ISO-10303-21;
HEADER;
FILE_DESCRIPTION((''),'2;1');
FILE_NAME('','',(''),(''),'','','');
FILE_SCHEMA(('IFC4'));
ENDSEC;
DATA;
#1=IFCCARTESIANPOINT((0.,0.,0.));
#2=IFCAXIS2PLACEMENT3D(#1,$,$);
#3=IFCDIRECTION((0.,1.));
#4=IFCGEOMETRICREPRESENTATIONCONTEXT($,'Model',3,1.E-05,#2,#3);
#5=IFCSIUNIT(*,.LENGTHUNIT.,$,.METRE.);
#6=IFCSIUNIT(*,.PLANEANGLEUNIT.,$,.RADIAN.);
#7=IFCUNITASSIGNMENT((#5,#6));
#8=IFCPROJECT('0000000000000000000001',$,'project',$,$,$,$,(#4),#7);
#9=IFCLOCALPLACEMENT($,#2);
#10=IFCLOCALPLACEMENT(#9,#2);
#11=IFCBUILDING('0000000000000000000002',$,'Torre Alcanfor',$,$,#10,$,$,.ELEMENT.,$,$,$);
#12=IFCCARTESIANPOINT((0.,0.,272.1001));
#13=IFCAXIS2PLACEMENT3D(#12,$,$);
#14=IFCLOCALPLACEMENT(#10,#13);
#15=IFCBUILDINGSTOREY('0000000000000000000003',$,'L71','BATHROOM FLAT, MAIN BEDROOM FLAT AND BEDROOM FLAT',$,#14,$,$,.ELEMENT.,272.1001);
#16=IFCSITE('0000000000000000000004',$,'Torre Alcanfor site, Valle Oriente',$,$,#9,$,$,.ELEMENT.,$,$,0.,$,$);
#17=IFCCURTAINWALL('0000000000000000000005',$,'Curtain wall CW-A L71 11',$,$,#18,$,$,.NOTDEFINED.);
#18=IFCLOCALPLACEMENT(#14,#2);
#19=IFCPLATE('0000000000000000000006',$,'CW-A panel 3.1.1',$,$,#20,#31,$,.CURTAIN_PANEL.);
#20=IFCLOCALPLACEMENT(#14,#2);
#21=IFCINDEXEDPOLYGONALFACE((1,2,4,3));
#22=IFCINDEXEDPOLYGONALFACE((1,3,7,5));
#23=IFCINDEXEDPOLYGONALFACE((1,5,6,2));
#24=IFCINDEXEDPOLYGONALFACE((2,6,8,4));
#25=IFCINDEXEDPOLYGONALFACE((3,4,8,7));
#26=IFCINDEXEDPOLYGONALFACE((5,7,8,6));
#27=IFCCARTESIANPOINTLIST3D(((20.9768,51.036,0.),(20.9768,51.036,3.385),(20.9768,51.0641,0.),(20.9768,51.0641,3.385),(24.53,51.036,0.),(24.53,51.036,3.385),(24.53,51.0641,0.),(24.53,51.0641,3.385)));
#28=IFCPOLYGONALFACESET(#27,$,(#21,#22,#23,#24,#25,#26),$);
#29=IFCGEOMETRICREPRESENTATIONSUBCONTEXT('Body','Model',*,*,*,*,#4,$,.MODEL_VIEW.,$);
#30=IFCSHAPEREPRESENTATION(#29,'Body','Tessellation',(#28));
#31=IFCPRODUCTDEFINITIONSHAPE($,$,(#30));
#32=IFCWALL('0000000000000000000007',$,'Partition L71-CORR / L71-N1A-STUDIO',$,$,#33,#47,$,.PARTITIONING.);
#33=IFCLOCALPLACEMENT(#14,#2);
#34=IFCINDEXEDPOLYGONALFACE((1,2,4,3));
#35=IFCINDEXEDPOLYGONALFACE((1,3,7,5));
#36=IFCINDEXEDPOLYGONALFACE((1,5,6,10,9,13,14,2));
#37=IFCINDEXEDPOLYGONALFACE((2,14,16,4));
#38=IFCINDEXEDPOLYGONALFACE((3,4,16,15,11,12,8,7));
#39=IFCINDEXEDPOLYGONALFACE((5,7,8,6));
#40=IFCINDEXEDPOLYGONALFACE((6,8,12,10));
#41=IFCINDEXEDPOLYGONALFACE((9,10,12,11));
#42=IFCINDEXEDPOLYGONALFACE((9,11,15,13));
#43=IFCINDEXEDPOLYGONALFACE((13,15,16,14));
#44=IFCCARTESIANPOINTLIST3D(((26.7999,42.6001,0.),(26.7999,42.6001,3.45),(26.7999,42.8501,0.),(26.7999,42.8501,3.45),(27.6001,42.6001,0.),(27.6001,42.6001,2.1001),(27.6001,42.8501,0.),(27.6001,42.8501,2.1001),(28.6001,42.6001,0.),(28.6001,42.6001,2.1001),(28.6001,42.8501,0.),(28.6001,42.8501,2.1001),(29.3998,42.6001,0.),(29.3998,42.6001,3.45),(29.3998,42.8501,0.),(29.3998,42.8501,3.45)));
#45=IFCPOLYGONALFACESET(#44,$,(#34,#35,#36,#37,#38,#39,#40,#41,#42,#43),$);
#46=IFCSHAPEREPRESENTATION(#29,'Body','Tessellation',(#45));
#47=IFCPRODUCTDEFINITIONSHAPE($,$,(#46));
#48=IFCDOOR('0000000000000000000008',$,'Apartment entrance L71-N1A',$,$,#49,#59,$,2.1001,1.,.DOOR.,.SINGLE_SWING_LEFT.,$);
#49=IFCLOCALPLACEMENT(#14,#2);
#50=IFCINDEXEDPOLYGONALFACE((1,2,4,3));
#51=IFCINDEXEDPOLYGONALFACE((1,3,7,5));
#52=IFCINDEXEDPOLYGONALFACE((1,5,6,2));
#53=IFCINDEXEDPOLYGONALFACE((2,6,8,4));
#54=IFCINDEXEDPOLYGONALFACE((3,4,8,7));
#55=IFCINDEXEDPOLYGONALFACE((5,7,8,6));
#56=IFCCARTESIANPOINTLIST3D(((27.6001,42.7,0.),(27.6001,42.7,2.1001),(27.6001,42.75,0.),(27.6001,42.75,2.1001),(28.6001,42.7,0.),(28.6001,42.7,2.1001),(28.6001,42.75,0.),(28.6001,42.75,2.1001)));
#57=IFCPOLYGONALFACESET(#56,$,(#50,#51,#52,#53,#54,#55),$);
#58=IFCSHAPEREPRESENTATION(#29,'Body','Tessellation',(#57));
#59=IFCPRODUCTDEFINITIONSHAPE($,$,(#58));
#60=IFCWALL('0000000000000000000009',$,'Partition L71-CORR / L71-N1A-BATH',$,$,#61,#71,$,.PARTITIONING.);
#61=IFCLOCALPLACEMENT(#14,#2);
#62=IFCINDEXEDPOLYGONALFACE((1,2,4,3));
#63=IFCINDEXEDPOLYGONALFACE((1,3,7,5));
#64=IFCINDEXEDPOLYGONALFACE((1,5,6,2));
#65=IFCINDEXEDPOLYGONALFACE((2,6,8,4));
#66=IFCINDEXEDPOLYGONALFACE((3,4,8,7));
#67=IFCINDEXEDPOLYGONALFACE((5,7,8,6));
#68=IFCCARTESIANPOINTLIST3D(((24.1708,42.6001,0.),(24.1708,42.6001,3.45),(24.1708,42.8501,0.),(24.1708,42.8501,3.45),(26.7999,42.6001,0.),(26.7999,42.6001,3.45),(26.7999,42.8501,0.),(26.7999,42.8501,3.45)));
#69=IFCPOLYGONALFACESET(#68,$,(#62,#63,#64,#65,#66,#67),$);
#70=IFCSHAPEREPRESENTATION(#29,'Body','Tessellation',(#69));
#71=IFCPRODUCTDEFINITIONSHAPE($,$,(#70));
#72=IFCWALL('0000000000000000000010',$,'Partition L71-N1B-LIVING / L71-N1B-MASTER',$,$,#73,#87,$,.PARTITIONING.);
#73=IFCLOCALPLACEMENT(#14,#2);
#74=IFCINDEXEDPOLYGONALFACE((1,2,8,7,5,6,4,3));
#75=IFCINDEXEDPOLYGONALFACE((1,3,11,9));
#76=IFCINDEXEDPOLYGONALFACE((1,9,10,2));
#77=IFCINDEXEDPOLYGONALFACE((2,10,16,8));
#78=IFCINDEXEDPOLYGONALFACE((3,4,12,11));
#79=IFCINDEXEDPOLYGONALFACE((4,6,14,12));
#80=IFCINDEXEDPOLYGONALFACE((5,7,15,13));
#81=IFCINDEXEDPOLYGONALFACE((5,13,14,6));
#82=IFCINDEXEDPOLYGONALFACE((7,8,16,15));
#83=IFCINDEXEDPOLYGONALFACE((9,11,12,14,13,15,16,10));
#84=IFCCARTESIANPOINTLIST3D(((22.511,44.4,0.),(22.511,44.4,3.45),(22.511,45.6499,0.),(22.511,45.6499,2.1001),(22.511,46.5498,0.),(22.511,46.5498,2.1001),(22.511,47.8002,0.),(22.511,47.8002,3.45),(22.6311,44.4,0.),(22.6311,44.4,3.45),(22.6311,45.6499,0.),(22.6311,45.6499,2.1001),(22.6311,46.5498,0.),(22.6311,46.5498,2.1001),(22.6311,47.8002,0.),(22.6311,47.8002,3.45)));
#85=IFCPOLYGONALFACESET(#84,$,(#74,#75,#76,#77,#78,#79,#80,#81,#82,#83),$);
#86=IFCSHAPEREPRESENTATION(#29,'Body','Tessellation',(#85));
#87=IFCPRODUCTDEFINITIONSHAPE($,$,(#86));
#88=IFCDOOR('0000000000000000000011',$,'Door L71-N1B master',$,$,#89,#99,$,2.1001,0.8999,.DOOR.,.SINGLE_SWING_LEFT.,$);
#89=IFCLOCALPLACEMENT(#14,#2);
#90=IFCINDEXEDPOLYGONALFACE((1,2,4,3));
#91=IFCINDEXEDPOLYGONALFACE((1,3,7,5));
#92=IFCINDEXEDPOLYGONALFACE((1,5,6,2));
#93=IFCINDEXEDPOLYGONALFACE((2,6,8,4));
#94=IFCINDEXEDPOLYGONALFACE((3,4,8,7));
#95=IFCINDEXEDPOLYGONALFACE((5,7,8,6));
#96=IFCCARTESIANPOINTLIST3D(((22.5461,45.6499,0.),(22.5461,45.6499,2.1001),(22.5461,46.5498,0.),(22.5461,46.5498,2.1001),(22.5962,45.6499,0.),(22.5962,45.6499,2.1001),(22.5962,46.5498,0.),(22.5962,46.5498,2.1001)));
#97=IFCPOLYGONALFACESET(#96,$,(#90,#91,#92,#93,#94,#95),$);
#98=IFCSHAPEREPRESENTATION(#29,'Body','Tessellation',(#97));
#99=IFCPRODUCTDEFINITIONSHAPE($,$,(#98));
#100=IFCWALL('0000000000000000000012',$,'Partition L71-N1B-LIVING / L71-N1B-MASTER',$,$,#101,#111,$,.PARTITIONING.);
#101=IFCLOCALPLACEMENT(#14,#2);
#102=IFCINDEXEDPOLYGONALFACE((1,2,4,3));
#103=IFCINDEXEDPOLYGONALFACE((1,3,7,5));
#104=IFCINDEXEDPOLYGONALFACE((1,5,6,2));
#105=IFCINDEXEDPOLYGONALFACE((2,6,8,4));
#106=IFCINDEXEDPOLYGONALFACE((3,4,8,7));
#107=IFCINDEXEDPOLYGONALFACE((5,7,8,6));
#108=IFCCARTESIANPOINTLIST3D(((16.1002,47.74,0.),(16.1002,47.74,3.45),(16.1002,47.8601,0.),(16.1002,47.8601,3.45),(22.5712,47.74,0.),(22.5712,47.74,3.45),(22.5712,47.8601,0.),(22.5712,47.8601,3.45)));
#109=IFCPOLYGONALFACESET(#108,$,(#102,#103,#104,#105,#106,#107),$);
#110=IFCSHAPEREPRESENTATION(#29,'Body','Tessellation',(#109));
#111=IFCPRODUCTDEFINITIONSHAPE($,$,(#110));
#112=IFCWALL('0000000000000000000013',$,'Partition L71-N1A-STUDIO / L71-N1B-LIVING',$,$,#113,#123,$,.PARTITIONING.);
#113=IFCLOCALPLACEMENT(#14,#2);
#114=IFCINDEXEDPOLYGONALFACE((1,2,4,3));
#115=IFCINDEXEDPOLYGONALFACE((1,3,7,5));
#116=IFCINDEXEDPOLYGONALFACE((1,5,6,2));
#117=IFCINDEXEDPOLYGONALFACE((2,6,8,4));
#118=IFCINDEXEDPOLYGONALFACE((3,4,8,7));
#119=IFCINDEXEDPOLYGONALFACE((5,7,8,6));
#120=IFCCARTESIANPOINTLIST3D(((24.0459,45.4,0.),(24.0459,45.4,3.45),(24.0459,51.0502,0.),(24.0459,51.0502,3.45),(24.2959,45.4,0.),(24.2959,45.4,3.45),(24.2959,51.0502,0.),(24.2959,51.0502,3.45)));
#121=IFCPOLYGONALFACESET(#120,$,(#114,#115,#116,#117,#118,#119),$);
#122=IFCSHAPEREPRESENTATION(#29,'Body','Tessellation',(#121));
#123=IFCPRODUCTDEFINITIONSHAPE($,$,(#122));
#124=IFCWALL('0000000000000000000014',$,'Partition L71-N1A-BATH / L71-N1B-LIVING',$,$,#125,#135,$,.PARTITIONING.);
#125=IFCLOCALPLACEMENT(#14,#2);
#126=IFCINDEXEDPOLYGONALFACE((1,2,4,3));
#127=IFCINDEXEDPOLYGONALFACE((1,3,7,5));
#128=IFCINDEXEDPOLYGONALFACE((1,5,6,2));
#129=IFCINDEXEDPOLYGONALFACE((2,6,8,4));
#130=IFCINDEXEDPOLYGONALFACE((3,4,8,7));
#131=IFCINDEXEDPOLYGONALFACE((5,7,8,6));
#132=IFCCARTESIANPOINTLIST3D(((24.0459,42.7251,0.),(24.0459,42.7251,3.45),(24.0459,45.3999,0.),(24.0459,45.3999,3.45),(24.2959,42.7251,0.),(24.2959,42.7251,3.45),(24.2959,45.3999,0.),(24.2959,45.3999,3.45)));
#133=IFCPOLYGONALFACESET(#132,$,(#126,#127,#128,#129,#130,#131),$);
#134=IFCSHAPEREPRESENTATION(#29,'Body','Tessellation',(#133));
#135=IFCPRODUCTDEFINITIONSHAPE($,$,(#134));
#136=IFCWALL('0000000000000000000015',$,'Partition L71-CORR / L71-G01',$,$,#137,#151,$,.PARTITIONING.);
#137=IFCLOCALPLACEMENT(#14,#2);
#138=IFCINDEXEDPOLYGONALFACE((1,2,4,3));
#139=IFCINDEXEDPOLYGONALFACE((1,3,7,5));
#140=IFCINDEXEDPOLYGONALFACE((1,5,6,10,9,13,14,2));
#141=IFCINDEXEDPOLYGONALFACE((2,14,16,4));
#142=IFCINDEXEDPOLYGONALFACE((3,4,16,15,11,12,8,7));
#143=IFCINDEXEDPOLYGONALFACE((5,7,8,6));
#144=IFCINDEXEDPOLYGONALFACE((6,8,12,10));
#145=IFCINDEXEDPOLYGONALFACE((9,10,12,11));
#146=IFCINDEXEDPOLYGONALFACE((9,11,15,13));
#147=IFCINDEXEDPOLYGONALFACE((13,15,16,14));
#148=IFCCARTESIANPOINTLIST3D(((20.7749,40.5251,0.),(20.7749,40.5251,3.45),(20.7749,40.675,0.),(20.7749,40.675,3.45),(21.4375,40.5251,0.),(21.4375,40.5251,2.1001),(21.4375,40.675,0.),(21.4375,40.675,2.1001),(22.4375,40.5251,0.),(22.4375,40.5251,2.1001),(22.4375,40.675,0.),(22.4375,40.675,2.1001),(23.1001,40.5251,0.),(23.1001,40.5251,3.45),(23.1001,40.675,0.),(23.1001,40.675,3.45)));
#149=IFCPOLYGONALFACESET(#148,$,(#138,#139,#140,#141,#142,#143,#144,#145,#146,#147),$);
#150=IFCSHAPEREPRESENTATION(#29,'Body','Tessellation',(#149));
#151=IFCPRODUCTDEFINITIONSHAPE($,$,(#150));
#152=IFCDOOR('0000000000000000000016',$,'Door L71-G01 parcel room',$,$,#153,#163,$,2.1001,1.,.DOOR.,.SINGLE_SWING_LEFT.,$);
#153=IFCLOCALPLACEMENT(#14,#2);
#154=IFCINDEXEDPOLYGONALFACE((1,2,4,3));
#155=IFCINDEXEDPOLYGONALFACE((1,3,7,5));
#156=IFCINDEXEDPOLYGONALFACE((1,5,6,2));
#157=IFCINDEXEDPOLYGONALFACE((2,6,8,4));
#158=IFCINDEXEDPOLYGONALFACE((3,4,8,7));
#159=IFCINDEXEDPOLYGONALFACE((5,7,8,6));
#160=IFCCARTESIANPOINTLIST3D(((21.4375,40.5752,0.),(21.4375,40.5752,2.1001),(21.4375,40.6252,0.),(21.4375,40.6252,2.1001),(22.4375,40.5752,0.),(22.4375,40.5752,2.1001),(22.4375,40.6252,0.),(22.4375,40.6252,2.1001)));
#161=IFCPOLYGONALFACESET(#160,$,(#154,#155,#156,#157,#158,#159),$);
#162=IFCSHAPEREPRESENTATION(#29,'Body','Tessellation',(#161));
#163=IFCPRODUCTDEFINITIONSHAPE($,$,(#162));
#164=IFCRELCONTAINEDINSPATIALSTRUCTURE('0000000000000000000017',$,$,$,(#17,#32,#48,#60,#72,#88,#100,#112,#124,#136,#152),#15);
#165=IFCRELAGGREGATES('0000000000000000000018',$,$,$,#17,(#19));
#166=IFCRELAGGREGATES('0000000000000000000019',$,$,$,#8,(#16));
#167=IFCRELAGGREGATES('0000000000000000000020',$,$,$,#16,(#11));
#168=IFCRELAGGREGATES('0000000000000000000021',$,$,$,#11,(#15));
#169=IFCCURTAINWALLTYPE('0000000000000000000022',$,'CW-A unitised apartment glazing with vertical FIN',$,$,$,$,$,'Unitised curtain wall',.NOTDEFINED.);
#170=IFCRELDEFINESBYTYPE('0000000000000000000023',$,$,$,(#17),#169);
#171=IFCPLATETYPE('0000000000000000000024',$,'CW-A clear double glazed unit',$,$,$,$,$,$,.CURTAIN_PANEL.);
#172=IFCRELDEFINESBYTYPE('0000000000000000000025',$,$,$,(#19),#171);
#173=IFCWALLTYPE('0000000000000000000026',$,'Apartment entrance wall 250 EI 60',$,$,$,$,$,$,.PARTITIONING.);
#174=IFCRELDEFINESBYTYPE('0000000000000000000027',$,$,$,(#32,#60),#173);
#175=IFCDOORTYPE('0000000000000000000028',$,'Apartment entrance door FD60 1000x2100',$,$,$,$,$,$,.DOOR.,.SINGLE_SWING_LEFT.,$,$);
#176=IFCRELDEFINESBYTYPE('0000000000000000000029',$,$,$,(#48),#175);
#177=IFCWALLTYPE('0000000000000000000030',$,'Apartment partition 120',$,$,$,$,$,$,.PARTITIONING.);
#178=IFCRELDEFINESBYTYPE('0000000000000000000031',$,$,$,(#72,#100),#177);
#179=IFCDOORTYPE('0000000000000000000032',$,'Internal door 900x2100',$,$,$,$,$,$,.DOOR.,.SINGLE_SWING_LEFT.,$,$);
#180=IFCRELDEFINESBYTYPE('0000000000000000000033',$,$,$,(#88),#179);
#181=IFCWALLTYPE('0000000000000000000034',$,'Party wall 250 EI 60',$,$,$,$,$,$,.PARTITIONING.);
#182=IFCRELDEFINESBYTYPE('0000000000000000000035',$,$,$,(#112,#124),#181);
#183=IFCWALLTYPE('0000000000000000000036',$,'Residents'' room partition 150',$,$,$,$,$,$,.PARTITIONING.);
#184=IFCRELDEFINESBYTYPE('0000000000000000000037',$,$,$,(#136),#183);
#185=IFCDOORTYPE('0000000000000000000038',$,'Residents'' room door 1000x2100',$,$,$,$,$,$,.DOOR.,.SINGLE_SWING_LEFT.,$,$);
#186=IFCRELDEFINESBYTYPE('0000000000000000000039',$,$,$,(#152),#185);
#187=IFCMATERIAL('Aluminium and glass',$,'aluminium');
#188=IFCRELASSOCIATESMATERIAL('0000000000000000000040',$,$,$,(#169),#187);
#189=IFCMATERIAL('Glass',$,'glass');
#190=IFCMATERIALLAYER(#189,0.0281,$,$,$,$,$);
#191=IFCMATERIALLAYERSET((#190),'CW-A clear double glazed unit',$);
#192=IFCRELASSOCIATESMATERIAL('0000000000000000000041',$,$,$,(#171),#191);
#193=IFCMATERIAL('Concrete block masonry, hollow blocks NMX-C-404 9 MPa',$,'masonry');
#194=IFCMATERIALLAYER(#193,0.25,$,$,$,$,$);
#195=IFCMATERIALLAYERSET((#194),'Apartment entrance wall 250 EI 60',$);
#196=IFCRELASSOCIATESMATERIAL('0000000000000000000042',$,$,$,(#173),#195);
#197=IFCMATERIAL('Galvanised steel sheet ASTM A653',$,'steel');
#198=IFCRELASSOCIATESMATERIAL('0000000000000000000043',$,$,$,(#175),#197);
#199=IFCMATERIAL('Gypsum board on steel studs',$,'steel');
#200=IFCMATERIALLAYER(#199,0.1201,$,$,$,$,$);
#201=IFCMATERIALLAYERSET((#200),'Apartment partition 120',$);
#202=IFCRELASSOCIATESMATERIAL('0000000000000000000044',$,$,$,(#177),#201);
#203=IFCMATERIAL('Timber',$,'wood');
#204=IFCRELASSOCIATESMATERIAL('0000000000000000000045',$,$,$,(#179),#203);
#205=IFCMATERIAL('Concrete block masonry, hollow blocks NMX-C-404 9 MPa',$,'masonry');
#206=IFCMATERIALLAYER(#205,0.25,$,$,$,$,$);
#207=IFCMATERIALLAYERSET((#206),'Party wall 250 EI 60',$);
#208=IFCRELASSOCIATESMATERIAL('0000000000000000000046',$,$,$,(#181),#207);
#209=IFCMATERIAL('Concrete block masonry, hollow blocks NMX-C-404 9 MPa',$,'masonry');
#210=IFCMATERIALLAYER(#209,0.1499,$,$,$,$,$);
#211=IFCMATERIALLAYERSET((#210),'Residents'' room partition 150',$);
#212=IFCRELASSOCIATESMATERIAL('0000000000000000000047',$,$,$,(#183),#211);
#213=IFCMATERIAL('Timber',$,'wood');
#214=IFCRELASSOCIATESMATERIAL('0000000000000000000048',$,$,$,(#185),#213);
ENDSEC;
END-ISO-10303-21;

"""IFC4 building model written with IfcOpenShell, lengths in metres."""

from ifc_helpers import new_model, si_unit, direction, frame, frame_2d, origin, origin_2d, place, context, subcontext, project, spatial, rectangle, extrude, material, layer, layer_set, type_object, element, fill, aggregate, save


model = new_model("IFC4")

# Units and contexts
model_context = context("Model", 3, precision=1e-05, world=origin(), true_north=direction((0.0, 1.0)))
body_context = subcontext(model_context, "Body", "Model", "MODEL_VIEW")
ifc_project = project(units=[si_unit("LENGTHUNIT", "METRE"), si_unit("PLANEANGLEUNIT", "RADIAN")], contexts=[model_context])

# Site, building, storey
site_placement = place(None, origin())
site = spatial("IfcSite", under=ifc_project, at=site_placement, Name="Torre Alcanfor site, Valle Oriente", CompositionType="ELEMENT", RefElevation=0.0)
building_placement = place(site_placement, origin())
building = spatial("IfcBuilding", under=site, at=building_placement, Name="Torre Alcanfor", CompositionType="ELEMENT")
storey_placement = place(building_placement, frame((0.0, 0.0, 272.1001)))
storey = spatial("IfcBuildingStorey", under=building, at=storey_placement, Name="L71", Description="BATHROOM FLAT, MAIN BEDROOM FLAT AND BEDROOM FLAT", CompositionType="ELEMENT", Elevation=272.1001)

# Curtain wall
ifc_material_1 = material(Name="Aluminium and glass", Category="aluminium")
curtain_wall_type = type_object("IfcCurtainWallType", Name="CW-A unitised apartment glazing with vertical FIN", ElementType="Unitised curtain wall", PredefinedType="NOTDEFINED", material=ifc_material_1)
curtain_wall_placement = place(storey_placement, origin())
curtain_wall = element("IfcCurtainWall", 1, at=curtain_wall_placement, inside=storey, type_object=curtain_wall_type, Name="Curtain wall CW-A L71 11", PredefinedType="NOTDEFINED")

# Plate
ifc_material_2 = material(Name="Glass", Category="glass")
ifc_layer_1 = layer(ifc_material_2, 0.0281)
ifc_layer_set_1 = layer_set([ifc_layer_1], Name="CW-A clear double glazed unit")
plate_type = type_object("IfcPlateType", Name="CW-A clear double glazed unit", PredefinedType="CURTAIN_PANEL", material=ifc_layer_set_1)
plate_1_placement = place(storey_placement, frame((22.7534, 51.05, 0.0), z_axis=(0.0, 0.0, 1.0), x_axis=(-1.0, 0.0, 0.0)))
plate_1 = element("IfcPlate", 2, at=plate_1_placement, type_object=plate_type, Name="CW-A panel 3.1.1", PredefinedType="CURTAIN_PANEL", context=body_context, shape_type="SweptSolid", body=[
    extrude(rectangle(XDim=3.5532, YDim=0.0281, at=origin_2d()), origin(), (0.0, 0.0, 1.0), 3.385),
])
aggregate(curtain_wall, [plate_1])

# Wall, opening, door
ifc_material_3 = material(Name="Concrete block masonry, hollow blocks NMX-C-404 9 MPa", Category="masonry")
ifc_layer_2 = layer(ifc_material_3, 0.25)
ifc_layer_set_2 = layer_set([ifc_layer_2], Name="Apartment entrance wall 250 EI 60")
wall_type_1 = type_object("IfcWallType", Name="Apartment entrance wall 250 EI 60", PredefinedType="PARTITIONING", material=ifc_layer_set_2)
wall_1_placement = place(storey_placement, frame((26.8, 42.7251, 0.0), z_axis=(0.0, 0.0, 1.0), x_axis=(1.0, 0.0, 0.0)))
wall_1 = element("IfcWall", 3, at=wall_1_placement, inside=storey, type_object=wall_type_1, Name="Partition L71-CORR / L71-N1A-STUDIO", PredefinedType="PARTITIONING", context=body_context, shape_type="SweptSolid", body=[
    extrude(rectangle(XDim=2.5999, YDim=0.25, at=frame_2d((1.2998, 0.0))), origin(), (0.0, 0.0, 1.0), 3.45),
])
opening_1_placement = place(wall_1_placement, frame((0.8, 0.0, 0.0)))
opening_1 = element("IfcOpeningElement", 4, at=opening_1_placement, cuts=wall_1, PredefinedType="OPENING", context=body_context, shape_type="SweptSolid", body=[
    extrude(rectangle(XDim=1.0, YDim=2.1001, at=frame_2d((0.5, 1.05))), frame((0.0, 0.135, 0.0), z_axis=(0.0, -1.0, 0.0), x_axis=(1.0, 0.0, 0.0)), (0.0, 0.0, 1.0), 0.27),
])
ifc_material_4 = material(Name="Galvanised steel sheet ASTM A653", Category="steel")
door_type_1 = type_object("IfcDoorType", Name="Apartment entrance door FD60 1000x2100", OperationType="SINGLE_SWING_LEFT", PredefinedType="DOOR", material=ifc_material_4)
door_1_placement = place(opening_1_placement, origin())
door_1 = element("IfcDoor", 5, at=door_1_placement, inside=storey, type_object=door_type_1, Name="Apartment entrance L71-N1A", OperationType="SINGLE_SWING_LEFT", OverallHeight=2.1001, OverallWidth=1.0, PredefinedType="DOOR", context=body_context, shape_type="SweptSolid", body=[
    extrude(rectangle(XDim=1.0, YDim=2.1001, at=frame_2d((0.5, 1.05))), frame((0.0, 0.0249, 0.0), z_axis=(0.0, -1.0, 0.0), x_axis=(1.0, 0.0, 0.0)), (0.0, 0.0, 1.0), 0.05),
])
fill(opening_1, door_1)

# Wall
wall_2_placement = place(storey_placement, frame((24.1709, 42.7251, 0.0), z_axis=(0.0, 0.0, 1.0), x_axis=(1.0, 0.0, 0.0)))
element("IfcWall", 6, at=wall_2_placement, inside=storey, type_object=wall_type_1, Name="Partition L71-CORR / L71-N1A-BATH", PredefinedType="PARTITIONING", context=body_context, shape_type="SweptSolid", body=[
    extrude(rectangle(XDim=2.6292, YDim=0.25, at=frame_2d((1.3145, 0.0))), origin(), (0.0, 0.0, 1.0), 3.45),
])

# Wall, opening, door
ifc_material_5 = material(Name="Gypsum board on steel studs", Category="steel")
ifc_layer_3 = layer(ifc_material_5, 0.1201)
ifc_layer_set_3 = layer_set([ifc_layer_3], Name="Apartment partition 120")
wall_type_2 = type_object("IfcWallType", Name="Apartment partition 120", PredefinedType="PARTITIONING", material=ifc_layer_set_3)
wall_3_placement = place(storey_placement, frame((22.571, 44.3999, 0.0), z_axis=(0.0, 0.0, 1.0), x_axis=(0.0, 1.0, 0.0)))
wall_3 = element("IfcWall", 7, at=wall_3_placement, inside=storey, type_object=wall_type_2, Name="Partition L71-N1B-LIVING / L71-N1B-MASTER", PredefinedType="PARTITIONING", context=body_context, shape_type="SweptSolid", body=[
    extrude(rectangle(XDim=3.4001, YDim=0.1201, at=frame_2d((1.7002, 0.0))), origin(), (0.0, 0.0, 1.0), 3.45),
])
opening_2_placement = place(wall_3_placement, frame((1.25, 0.0, 0.0)))
opening_2 = element("IfcOpeningElement", 8, at=opening_2_placement, cuts=wall_3, PredefinedType="OPENING", context=body_context, shape_type="SweptSolid", body=[
    extrude(rectangle(XDim=0.8999, YDim=2.1001, at=frame_2d((0.45, 1.05))), frame((0.0, 0.0701, 0.0), z_axis=(0.0, -1.0, 0.0), x_axis=(1.0, 0.0, 0.0)), (0.0, 0.0, 1.0), 0.1401),
])
ifc_material_6 = material(Name="Timber", Category="wood")
door_type_2 = type_object("IfcDoorType", Name="Internal door 900x2100", OperationType="SINGLE_SWING_LEFT", PredefinedType="DOOR", material=ifc_material_6)
door_2_placement = place(opening_2_placement, origin())
door_2 = element("IfcDoor", 9, at=door_2_placement, inside=storey, type_object=door_type_2, Name="Door L71-N1B master", OperationType="SINGLE_SWING_LEFT", OverallHeight=2.1001, OverallWidth=0.8999, PredefinedType="DOOR", context=body_context, shape_type="SweptSolid", body=[
    extrude(rectangle(XDim=0.8999, YDim=2.1001, at=frame_2d((0.45, 1.05))), frame((0.0, 0.0249, 0.0), z_axis=(0.0, -1.0, 0.0), x_axis=(1.0, 0.0, 0.0)), (0.0, 0.0, 1.0), 0.05),
])
fill(opening_2, door_2)

# Walls
wall_4_placement = place(storey_placement, frame((22.571, 47.8, 0.0), z_axis=(0.0, 0.0, 1.0), x_axis=(-1.0, 0.0, 0.0)))
element("IfcWall", 10, at=wall_4_placement, inside=storey, type_object=wall_type_2, Name="Partition L71-N1B-LIVING / L71-N1B-MASTER", PredefinedType="PARTITIONING", context=body_context, shape_type="SweptSolid", body=[
    extrude(rectangle(XDim=6.4709, YDim=0.1201, at=frame_2d((3.2354, 0.0))), origin(), (0.0, 0.0, 1.0), 3.45),
])
ifc_material_7 = material(Name="Concrete block masonry, hollow blocks NMX-C-404 9 MPa", Category="masonry")
ifc_layer_4 = layer(ifc_material_7, 0.25)
ifc_layer_set_4 = layer_set([ifc_layer_4], Name="Party wall 250 EI 60")
wall_type_3 = type_object("IfcWallType", Name="Party wall 250 EI 60", PredefinedType="PARTITIONING", material=ifc_layer_set_4)
wall_5_placement = place(storey_placement, frame((24.1709, 45.3999, 0.0), z_axis=(0.0, 0.0, 1.0), x_axis=(0.0, 1.0, 0.0)))
element("IfcWall", 11, at=wall_5_placement, inside=storey, type_object=wall_type_3, Name="Partition L71-N1A-STUDIO / L71-N1B-LIVING", PredefinedType="PARTITIONING", context=body_context, shape_type="SweptSolid", body=[
    extrude(rectangle(XDim=5.6501, YDim=0.25, at=frame_2d((2.8252, 0.0))), origin(), (0.0, 0.0, 1.0), 3.45),
])
wall_6_placement = place(storey_placement, frame((24.1709, 45.3999, 0.0), z_axis=(0.0, 0.0, 1.0), x_axis=(0.0, -1.0, 0.0)))
element("IfcWall", 12, at=wall_6_placement, inside=storey, type_object=wall_type_3, Name="Partition L71-N1A-BATH / L71-N1B-LIVING", PredefinedType="PARTITIONING", context=body_context, shape_type="SweptSolid", body=[
    extrude(rectangle(XDim=2.6748, YDim=0.25, at=frame_2d((1.3374, 0.0))), origin(), (0.0, 0.0, 1.0), 3.45),
])

# Wall, opening, door
ifc_material_8 = material(Name="Concrete block masonry, hollow blocks NMX-C-404 9 MPa", Category="masonry")
ifc_layer_5 = layer(ifc_material_8, 0.1499)
ifc_layer_set_5 = layer_set([ifc_layer_5], Name="Residents' room partition 150")
wall_type_4 = type_object("IfcWallType", Name="Residents' room partition 150", PredefinedType="PARTITIONING", material=ifc_layer_set_5)
wall_7_placement = place(storey_placement, frame((23.1001, 40.6001, 0.0), z_axis=(0.0, 0.0, 1.0), x_axis=(-1.0, 0.0, 0.0)))
wall_7 = element("IfcWall", 13, at=wall_7_placement, inside=storey, type_object=wall_type_4, Name="Partition L71-CORR / L71-G01", PredefinedType="PARTITIONING", context=body_context, shape_type="SweptSolid", body=[
    extrude(rectangle(XDim=2.3252, YDim=0.1499, at=frame_2d((1.1626, 0.0))), origin(), (0.0, 0.0, 1.0), 3.45),
])
opening_3_placement = place(wall_7_placement, frame((0.6626, 0.0, 0.0)))
opening_3 = element("IfcOpeningElement", 14, at=opening_3_placement, cuts=wall_7, PredefinedType="OPENING", context=body_context, shape_type="SweptSolid", body=[
    extrude(rectangle(XDim=1.0, YDim=2.1001, at=frame_2d((0.5, 1.05))), frame((0.0, 0.085, 0.0), z_axis=(0.0, -1.0, 0.0), x_axis=(1.0, 0.0, 0.0)), (0.0, 0.0, 1.0), 0.1699),
])
ifc_material_9 = material(Name="Timber", Category="wood")
door_type_3 = type_object("IfcDoorType", Name="Residents' room door 1000x2100", OperationType="SINGLE_SWING_LEFT", PredefinedType="DOOR", material=ifc_material_9)
door_3_placement = place(opening_3_placement, origin())
door_3 = element("IfcDoor", 15, at=door_3_placement, inside=storey, type_object=door_type_3, Name="Door L71-G01 parcel room", OperationType="SINGLE_SWING_LEFT", OverallHeight=2.1001, OverallWidth=1.0, PredefinedType="DOOR", context=body_context, shape_type="SweptSolid", body=[
    extrude(rectangle(XDim=1.0, YDim=2.1001, at=frame_2d((0.5, 1.05))), frame((0.0, 0.0249, 0.0), z_axis=(0.0, -1.0, 0.0), x_axis=(1.0, 0.0, 0.0)), (0.0, 0.0, 1.0), 0.05),
])
fill(opening_3, door_3)

save(model, "model.ifc")
